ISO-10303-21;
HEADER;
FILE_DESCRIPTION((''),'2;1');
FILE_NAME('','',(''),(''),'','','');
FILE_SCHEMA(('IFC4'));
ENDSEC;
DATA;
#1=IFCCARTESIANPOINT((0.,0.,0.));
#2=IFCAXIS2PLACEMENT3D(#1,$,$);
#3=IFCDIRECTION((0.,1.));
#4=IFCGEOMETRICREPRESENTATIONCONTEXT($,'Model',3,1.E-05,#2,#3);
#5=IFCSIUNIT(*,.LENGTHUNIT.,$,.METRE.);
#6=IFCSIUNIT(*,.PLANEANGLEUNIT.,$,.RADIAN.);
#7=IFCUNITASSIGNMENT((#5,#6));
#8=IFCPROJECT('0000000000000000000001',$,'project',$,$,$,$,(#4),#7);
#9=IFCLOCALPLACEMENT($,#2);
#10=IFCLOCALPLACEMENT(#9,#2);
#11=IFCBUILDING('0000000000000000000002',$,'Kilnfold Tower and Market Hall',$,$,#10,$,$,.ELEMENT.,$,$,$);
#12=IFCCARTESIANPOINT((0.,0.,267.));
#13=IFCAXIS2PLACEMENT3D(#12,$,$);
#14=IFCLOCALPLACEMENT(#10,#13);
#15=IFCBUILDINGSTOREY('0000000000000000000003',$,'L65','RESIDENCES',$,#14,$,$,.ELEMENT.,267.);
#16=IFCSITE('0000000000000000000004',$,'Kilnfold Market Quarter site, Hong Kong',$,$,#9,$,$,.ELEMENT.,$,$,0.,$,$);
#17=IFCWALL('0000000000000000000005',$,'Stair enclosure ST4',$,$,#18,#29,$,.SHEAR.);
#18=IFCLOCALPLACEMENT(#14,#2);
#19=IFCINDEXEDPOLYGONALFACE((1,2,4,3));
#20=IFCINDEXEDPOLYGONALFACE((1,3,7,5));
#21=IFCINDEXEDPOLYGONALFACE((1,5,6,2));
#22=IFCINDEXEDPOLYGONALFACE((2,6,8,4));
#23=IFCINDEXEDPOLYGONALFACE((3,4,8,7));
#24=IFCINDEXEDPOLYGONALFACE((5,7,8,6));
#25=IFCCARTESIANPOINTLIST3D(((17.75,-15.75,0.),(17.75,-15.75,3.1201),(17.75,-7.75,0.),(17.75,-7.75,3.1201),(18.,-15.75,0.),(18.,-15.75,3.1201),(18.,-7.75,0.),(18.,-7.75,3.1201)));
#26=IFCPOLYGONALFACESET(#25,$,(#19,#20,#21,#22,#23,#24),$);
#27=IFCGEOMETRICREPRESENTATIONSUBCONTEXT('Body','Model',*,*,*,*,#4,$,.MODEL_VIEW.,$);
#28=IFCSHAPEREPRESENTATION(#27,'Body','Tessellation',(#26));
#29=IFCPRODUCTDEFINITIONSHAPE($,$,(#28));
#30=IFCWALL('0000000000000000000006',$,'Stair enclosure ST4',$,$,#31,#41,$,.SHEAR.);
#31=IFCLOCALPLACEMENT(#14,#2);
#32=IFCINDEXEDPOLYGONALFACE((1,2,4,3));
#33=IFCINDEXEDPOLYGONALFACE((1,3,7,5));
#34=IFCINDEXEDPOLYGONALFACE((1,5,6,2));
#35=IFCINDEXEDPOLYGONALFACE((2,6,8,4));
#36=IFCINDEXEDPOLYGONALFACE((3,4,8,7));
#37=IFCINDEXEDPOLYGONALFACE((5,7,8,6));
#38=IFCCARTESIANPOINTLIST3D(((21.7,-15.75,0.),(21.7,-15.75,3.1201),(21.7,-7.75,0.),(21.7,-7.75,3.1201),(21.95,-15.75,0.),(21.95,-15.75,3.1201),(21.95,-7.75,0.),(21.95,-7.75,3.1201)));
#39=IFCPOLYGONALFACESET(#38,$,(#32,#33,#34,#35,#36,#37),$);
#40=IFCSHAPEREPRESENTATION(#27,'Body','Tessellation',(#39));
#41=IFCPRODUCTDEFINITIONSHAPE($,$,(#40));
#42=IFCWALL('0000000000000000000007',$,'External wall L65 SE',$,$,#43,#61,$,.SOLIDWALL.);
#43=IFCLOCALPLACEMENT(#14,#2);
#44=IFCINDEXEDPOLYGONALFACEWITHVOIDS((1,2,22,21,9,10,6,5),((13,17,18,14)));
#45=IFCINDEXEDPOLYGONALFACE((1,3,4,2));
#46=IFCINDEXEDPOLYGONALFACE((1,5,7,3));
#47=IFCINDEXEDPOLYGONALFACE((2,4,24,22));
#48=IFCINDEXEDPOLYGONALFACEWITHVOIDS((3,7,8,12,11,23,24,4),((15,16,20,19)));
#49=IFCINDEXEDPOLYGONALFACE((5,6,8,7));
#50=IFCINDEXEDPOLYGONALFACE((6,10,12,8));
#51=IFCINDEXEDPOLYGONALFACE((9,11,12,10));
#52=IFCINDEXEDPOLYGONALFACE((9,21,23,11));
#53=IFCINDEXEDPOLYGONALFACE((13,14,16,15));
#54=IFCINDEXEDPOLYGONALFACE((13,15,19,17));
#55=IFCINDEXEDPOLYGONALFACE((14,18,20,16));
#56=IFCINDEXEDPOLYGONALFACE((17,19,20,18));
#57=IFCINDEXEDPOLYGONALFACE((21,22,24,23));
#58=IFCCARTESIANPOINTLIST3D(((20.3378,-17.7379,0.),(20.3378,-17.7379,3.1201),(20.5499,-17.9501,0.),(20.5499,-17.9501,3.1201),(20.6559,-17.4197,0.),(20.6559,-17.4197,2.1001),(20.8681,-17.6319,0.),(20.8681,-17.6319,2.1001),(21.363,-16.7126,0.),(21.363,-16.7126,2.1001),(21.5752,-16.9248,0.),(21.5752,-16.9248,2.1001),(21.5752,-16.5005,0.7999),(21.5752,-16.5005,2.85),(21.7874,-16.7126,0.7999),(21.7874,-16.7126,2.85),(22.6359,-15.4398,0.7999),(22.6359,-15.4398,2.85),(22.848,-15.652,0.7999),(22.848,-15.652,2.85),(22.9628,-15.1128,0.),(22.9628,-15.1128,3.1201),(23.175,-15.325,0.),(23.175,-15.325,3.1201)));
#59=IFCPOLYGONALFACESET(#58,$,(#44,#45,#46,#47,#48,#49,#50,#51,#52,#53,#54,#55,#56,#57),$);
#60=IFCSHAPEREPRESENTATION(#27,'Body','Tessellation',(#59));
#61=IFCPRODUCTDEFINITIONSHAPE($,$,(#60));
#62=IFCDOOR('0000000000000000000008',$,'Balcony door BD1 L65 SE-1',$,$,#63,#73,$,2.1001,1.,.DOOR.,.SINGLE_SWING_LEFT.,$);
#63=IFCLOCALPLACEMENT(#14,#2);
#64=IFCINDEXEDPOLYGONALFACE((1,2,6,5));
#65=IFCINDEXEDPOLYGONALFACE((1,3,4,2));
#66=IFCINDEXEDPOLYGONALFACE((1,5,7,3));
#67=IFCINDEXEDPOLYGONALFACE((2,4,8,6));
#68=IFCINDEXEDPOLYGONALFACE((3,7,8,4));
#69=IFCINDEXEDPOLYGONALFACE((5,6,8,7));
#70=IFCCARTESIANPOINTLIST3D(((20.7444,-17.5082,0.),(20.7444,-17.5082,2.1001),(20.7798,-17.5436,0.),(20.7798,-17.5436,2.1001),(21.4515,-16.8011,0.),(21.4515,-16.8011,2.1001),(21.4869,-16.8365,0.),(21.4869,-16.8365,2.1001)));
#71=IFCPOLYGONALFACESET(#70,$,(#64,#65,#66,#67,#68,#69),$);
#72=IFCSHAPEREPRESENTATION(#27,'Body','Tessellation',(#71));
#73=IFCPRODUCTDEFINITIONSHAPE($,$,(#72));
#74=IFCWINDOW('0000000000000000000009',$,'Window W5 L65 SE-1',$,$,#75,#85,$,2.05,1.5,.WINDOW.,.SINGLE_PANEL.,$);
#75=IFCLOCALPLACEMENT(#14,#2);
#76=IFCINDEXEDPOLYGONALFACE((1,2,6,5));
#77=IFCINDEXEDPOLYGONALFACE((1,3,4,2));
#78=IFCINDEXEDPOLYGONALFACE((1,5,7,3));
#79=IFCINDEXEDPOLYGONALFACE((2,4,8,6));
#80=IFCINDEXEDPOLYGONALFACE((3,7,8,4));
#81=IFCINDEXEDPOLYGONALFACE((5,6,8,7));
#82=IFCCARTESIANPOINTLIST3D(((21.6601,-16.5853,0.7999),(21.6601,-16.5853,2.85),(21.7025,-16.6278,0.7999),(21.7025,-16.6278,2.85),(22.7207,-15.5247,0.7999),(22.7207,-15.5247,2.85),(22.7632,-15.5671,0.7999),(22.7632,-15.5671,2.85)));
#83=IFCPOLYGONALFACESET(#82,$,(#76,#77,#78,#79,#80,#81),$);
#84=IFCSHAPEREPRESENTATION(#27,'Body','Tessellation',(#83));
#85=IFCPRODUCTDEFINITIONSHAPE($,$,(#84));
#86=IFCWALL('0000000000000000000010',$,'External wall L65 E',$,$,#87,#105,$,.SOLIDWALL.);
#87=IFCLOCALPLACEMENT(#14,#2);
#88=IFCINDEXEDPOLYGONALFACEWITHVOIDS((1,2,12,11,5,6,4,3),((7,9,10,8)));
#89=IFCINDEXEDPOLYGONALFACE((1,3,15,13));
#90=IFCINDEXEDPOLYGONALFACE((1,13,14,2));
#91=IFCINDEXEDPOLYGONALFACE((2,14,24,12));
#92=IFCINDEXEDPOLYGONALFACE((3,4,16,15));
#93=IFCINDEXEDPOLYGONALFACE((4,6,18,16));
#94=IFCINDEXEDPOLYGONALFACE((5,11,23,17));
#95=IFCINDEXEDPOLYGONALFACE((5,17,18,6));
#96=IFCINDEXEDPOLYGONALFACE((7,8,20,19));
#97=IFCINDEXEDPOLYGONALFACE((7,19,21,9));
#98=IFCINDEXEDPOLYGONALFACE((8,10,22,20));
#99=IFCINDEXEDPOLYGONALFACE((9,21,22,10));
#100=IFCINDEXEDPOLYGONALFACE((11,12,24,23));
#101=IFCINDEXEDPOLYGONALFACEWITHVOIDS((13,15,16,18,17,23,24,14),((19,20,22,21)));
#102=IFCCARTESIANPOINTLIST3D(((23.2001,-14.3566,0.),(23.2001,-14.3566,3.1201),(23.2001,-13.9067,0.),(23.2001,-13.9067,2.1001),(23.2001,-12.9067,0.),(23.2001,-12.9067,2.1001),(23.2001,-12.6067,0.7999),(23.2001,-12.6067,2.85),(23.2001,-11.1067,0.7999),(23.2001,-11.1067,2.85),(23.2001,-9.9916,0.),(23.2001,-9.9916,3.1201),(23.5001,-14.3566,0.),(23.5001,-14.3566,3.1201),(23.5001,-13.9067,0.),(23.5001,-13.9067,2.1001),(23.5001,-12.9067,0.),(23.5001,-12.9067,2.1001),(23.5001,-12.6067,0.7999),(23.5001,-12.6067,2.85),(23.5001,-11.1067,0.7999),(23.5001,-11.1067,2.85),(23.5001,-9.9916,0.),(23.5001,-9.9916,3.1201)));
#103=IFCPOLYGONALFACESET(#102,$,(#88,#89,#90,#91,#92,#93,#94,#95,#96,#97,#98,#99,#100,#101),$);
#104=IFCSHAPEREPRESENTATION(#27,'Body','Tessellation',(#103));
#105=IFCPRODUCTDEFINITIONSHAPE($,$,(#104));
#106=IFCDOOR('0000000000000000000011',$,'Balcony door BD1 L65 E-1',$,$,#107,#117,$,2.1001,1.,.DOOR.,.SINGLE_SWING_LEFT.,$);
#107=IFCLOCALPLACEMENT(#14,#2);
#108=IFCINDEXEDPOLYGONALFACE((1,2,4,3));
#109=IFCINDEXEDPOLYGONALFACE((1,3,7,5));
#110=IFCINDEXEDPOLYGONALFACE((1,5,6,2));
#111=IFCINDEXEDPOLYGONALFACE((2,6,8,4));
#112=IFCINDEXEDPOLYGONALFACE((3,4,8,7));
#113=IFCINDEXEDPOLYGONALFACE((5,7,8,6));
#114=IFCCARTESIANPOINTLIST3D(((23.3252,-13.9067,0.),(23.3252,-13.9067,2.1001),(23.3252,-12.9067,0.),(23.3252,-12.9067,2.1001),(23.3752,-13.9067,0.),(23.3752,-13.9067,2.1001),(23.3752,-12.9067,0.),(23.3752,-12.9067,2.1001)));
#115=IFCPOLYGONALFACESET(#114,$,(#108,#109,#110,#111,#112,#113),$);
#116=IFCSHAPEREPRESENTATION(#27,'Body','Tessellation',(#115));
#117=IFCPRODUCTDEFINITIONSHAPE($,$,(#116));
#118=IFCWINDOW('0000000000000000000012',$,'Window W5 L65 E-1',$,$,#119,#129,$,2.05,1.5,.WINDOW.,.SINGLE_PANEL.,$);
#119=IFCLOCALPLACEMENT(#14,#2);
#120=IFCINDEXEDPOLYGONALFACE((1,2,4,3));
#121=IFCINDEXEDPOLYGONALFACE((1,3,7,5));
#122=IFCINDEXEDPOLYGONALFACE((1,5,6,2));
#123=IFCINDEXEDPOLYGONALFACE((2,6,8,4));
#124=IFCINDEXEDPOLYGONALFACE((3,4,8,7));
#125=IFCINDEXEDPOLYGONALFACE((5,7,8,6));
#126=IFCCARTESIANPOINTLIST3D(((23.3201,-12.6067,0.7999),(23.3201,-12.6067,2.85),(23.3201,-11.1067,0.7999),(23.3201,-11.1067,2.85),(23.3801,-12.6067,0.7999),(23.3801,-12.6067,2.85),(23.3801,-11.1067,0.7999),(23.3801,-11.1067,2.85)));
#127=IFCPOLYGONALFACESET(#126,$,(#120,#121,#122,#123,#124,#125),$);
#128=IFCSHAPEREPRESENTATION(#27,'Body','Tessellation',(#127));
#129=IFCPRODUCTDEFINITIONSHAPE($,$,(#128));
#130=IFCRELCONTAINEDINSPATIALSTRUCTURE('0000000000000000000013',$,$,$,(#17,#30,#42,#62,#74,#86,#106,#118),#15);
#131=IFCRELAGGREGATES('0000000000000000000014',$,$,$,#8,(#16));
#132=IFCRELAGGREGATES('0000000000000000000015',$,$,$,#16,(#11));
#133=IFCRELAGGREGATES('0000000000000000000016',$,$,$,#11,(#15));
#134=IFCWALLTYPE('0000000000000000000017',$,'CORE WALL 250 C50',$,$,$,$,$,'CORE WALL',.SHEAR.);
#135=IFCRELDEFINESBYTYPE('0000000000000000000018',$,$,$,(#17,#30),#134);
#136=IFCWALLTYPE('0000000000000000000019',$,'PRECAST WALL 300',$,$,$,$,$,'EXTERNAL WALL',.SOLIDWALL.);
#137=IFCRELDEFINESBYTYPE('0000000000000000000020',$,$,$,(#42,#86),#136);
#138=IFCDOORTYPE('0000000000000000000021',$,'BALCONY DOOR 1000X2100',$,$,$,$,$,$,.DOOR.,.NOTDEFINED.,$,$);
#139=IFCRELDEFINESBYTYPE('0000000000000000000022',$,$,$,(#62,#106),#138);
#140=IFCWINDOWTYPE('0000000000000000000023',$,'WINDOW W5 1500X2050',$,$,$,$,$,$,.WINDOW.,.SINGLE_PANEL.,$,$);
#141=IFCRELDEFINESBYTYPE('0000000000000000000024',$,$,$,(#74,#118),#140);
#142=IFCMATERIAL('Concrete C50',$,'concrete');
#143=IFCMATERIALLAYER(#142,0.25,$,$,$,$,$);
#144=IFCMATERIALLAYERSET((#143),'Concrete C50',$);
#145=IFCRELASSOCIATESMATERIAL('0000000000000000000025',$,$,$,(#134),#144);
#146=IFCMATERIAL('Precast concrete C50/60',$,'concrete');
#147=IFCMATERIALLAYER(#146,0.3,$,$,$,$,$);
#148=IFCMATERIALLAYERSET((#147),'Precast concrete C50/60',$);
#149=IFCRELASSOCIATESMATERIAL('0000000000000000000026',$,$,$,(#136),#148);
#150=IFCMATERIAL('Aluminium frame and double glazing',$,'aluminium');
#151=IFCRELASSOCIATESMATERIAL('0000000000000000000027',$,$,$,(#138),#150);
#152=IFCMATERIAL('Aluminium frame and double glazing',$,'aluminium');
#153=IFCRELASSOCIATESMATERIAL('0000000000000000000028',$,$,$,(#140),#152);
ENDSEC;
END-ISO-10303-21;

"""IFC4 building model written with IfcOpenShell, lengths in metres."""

from ifc_helpers import new_model, si_unit, direction, frame, frame_2d, origin, place, context, subcontext, project, spatial, rectangle, extrude, source, transform, mapped, material, layer, layer_set, type_object, element, fill, save


model = new_model("IFC4")

# Units and contexts
model_context = context("Model", 3, precision=1e-05, world=origin(), true_north=direction((0.0, 1.0)))
body_context = subcontext(model_context, "Body", "Model", "MODEL_VIEW")
ifc_project = project(units=[si_unit("LENGTHUNIT", "METRE"), si_unit("PLANEANGLEUNIT", "RADIAN")], contexts=[model_context])

# Site, building, storey
site_placement = place(None, origin())
site = spatial("IfcSite", under=ifc_project, at=site_placement, Name="Kilnfold Market Quarter site, Hong Kong", CompositionType="ELEMENT", RefElevation=0.0)
building_placement = place(site_placement, origin())
building = spatial("IfcBuilding", under=site, at=building_placement, Name="Kilnfold Tower and Market Hall", CompositionType="ELEMENT")
storey_placement = place(building_placement, frame((0.0, 0.0, 267.0)))
storey = spatial("IfcBuildingStorey", under=building, at=storey_placement, Name="L65", Description="RESIDENCES", CompositionType="ELEMENT", Elevation=267.0)

# Walls
ifc_material_1 = material(Name="Concrete C50", Category="concrete")
ifc_layer_1 = layer(ifc_material_1, 0.25)
ifc_layer_set_1 = layer_set([ifc_layer_1], Name="Concrete C50")
wall_type_1 = type_object("IfcWallType", Name="CORE WALL 250 C50", ElementType="CORE WALL", PredefinedType="SHEAR", material=ifc_layer_set_1)
shared_shape_1 = source(origin(), body_context, "Body", "SweptSolid", [
    extrude(rectangle(XDim=8.0, YDim=0.25, at=frame_2d((4.0, 0.0))), origin(), (0.0, 0.0, 1.0), 3.1201),
])
for number, where, z_axis, x_axis, name in (
    (1, (17.875, -15.75, 0.0), (0.0, 0.0, 1.0), (0.0, 1.0, 0.0), "Stair enclosure ST4"),
    (2, (21.825, -15.75, 0.0), (0.0, 0.0, 1.0), (0.0, 1.0, 0.0), "Stair enclosure ST4"),
):
    element("IfcWall", number, at=place(storey_placement, frame(where, z_axis=z_axis, x_axis=x_axis)), inside=storey, type_object=wall_type_1, Name=name, PredefinedType="SHEAR", context=body_context, shape_type="MappedRepresentation", body=[
        mapped(shared_shape_1, transform((0.0, 0.0, 0.0))),
    ])

# Walls, openings, doors, windows
ifc_material_2 = material(Name="Precast concrete C50/60", Category="concrete")
ifc_layer_2 = layer(ifc_material_2, 0.3)
ifc_layer_set_2 = layer_set([ifc_layer_2], Name="Precast concrete C50/60")
wall_type_2 = type_object("IfcWallType", Name="PRECAST WALL 300", ElementType="EXTERNAL WALL", PredefinedType="SOLIDWALL", material=ifc_layer_set_2)
shared_shape_2 = source(origin(), body_context, "Body", "SweptSolid", [
    extrude(rectangle(XDim=3.7124, YDim=0.3, at=frame_2d((1.8562, 0.0))), origin(), (0.0, 0.0, 1.0), 3.1201),
])
wall_1_placement = place(storey_placement, frame((20.4438, -17.844, 0.0), z_axis=(0.0, 0.0, 1.0), x_axis=(0.707107, 0.707107, 0.0)))
wall_1 = element("IfcWall", 3, at=wall_1_placement, inside=storey, type_object=wall_type_2, Name="External wall L65 SE", PredefinedType="SOLIDWALL", context=body_context, shape_type="MappedRepresentation", body=[
    mapped(shared_shape_2, transform((0.0, 0.0, 0.0))),
])
opening_1_placement = place(wall_1_placement, frame((1.75, 0.0, 0.8)))
opening_1 = element("IfcOpeningElement", 4, at=opening_1_placement, cuts=wall_1, PredefinedType="OPENING", context=body_context, shape_type="SweptSolid", body=[
    extrude(rectangle(XDim=1.5, YDim=2.05, at=frame_2d((0.75, 1.0249))), frame((0.0, 0.1602, 0.0), z_axis=(0.0, -1.0, 0.0), x_axis=(1.0, 0.0, 0.0)), (0.0, 0.0, 1.0), 0.3201),
])
opening_2_placement = place(wall_1_placement, frame((0.45, 0.0, 0.0)))
opening_2 = element("IfcOpeningElement", 5, at=opening_2_placement, cuts=wall_1, PredefinedType="OPENING", context=body_context, shape_type="SweptSolid", body=[
    extrude(rectangle(XDim=1.0, YDim=2.1001, at=frame_2d((0.5, 1.05))), frame((0.0, 0.1602, 0.0), z_axis=(0.0, -1.0, 0.0), x_axis=(1.0, 0.0, 0.0)), (0.0, 0.0, 1.0), 0.3201),
])
ifc_material_3 = material(Name="Aluminium frame and double glazing", Category="aluminium")
door_type_1 = type_object("IfcDoorType", Name="BALCONY DOOR 1000X2100", OperationType="NOTDEFINED", PredefinedType="DOOR", material=ifc_material_3)
door_1_placement = place(opening_2_placement, origin())
door_1 = element("IfcDoor", 6, at=door_1_placement, inside=storey, type_object=door_type_1, Name="Balcony door BD1 L65 SE-1", OperationType="SINGLE_SWING_LEFT", OverallHeight=2.1001, OverallWidth=1.0, PredefinedType="DOOR", context=body_context, shape_type="SweptSolid", body=[
    extrude(rectangle(XDim=1.0, YDim=2.1001, at=frame_2d((0.5, 1.05))), frame((0.0, 0.0249, 0.0), z_axis=(0.0, -1.0, 0.0), x_axis=(1.0, 0.0, 0.0)), (0.0, 0.0, 1.0), 0.05),
])
fill(opening_2, door_1)
ifc_material_4 = material(Name="Aluminium frame and double glazing", Category="aluminium")
window_type = type_object("IfcWindowType", Name="WINDOW W5 1500X2050", PartitioningType="SINGLE_PANEL", PredefinedType="WINDOW", material=ifc_material_4)
window_1_placement = place(opening_1_placement, origin())
window_1 = element("IfcWindow", 7, at=window_1_placement, inside=storey, type_object=window_type, Name="Window W5 L65 SE-1", OverallHeight=2.05, OverallWidth=1.5, PartitioningType="SINGLE_PANEL", PredefinedType="WINDOW", context=body_context, shape_type="SweptSolid", body=[
    extrude(rectangle(XDim=1.5, YDim=2.05, at=frame_2d((0.75, 1.0249))), frame((0.0, 0.03, 0.0), z_axis=(0.0, -1.0, 0.0), x_axis=(1.0, 0.0, 0.0)), (0.0, 0.0, 1.0), 0.0601),
])
fill(opening_1, window_1)
shared_shape_3 = source(origin(), body_context, "Body", "SweptSolid", [
    extrude(rectangle(XDim=4.365, YDim=0.3, at=frame_2d((2.1826, 0.0))), origin(), (0.0, 0.0, 1.0), 3.1201),
])
wall_2_placement = place(storey_placement, frame((23.3501, -14.3567, 0.0), z_axis=(0.0, 0.0, 1.0), x_axis=(0.0, 1.0, 0.0)))
wall_2 = element("IfcWall", 8, at=wall_2_placement, inside=storey, type_object=wall_type_2, Name="External wall L65 E", PredefinedType="SOLIDWALL", context=body_context, shape_type="MappedRepresentation", body=[
    mapped(shared_shape_3, transform((0.0, 0.0, 0.0))),
])
opening_3_placement = place(wall_2_placement, frame((1.75, 0.0, 0.8)))
opening_3 = element("IfcOpeningElement", 9, at=opening_3_placement, cuts=wall_2, PredefinedType="OPENING", context=body_context, shape_type="SweptSolid", body=[
    extrude(rectangle(XDim=1.5, YDim=2.05, at=frame_2d((0.75, 1.0249))), frame((0.0, 0.1602, 0.0), z_axis=(0.0, -1.0, 0.0), x_axis=(1.0, 0.0, 0.0)), (0.0, 0.0, 1.0), 0.3201),
])
opening_4_placement = place(wall_2_placement, frame((0.45, 0.0, 0.0)))
opening_4 = element("IfcOpeningElement", 10, at=opening_4_placement, cuts=wall_2, PredefinedType="OPENING", context=body_context, shape_type="SweptSolid", body=[
    extrude(rectangle(XDim=1.0, YDim=2.1001, at=frame_2d((0.5, 1.05))), frame((0.0, 0.1602, 0.0), z_axis=(0.0, -1.0, 0.0), x_axis=(1.0, 0.0, 0.0)), (0.0, 0.0, 1.0), 0.3201),
])
door_2_placement = place(opening_4_placement, origin())
door_2 = element("IfcDoor", 11, at=door_2_placement, inside=storey, type_object=door_type_1, Name="Balcony door BD1 L65 E-1", OperationType="SINGLE_SWING_LEFT", OverallHeight=2.1001, OverallWidth=1.0, PredefinedType="DOOR", context=body_context, shape_type="SweptSolid", body=[
    extrude(rectangle(XDim=1.0, YDim=2.1001, at=frame_2d((0.5, 1.05))), frame((0.0, 0.0249, 0.0), z_axis=(0.0, -1.0, 0.0), x_axis=(1.0, 0.0, 0.0)), (0.0, 0.0, 1.0), 0.05),
])
fill(opening_4, door_2)
window_2_placement = place(opening_3_placement, origin())
window_2 = element("IfcWindow", 12, at=window_2_placement, inside=storey, type_object=window_type, Name="Window W5 L65 E-1", OverallHeight=2.05, OverallWidth=1.5, PartitioningType="SINGLE_PANEL", PredefinedType="WINDOW", context=body_context, shape_type="SweptSolid", body=[
    extrude(rectangle(XDim=1.5, YDim=2.05, at=frame_2d((0.75, 1.0249))), frame((0.0, 0.03, 0.0), z_axis=(0.0, -1.0, 0.0), x_axis=(1.0, 0.0, 0.0)), (0.0, 0.0, 1.0), 0.0601),
])
fill(opening_3, window_2)

save(model, "model.ifc")
